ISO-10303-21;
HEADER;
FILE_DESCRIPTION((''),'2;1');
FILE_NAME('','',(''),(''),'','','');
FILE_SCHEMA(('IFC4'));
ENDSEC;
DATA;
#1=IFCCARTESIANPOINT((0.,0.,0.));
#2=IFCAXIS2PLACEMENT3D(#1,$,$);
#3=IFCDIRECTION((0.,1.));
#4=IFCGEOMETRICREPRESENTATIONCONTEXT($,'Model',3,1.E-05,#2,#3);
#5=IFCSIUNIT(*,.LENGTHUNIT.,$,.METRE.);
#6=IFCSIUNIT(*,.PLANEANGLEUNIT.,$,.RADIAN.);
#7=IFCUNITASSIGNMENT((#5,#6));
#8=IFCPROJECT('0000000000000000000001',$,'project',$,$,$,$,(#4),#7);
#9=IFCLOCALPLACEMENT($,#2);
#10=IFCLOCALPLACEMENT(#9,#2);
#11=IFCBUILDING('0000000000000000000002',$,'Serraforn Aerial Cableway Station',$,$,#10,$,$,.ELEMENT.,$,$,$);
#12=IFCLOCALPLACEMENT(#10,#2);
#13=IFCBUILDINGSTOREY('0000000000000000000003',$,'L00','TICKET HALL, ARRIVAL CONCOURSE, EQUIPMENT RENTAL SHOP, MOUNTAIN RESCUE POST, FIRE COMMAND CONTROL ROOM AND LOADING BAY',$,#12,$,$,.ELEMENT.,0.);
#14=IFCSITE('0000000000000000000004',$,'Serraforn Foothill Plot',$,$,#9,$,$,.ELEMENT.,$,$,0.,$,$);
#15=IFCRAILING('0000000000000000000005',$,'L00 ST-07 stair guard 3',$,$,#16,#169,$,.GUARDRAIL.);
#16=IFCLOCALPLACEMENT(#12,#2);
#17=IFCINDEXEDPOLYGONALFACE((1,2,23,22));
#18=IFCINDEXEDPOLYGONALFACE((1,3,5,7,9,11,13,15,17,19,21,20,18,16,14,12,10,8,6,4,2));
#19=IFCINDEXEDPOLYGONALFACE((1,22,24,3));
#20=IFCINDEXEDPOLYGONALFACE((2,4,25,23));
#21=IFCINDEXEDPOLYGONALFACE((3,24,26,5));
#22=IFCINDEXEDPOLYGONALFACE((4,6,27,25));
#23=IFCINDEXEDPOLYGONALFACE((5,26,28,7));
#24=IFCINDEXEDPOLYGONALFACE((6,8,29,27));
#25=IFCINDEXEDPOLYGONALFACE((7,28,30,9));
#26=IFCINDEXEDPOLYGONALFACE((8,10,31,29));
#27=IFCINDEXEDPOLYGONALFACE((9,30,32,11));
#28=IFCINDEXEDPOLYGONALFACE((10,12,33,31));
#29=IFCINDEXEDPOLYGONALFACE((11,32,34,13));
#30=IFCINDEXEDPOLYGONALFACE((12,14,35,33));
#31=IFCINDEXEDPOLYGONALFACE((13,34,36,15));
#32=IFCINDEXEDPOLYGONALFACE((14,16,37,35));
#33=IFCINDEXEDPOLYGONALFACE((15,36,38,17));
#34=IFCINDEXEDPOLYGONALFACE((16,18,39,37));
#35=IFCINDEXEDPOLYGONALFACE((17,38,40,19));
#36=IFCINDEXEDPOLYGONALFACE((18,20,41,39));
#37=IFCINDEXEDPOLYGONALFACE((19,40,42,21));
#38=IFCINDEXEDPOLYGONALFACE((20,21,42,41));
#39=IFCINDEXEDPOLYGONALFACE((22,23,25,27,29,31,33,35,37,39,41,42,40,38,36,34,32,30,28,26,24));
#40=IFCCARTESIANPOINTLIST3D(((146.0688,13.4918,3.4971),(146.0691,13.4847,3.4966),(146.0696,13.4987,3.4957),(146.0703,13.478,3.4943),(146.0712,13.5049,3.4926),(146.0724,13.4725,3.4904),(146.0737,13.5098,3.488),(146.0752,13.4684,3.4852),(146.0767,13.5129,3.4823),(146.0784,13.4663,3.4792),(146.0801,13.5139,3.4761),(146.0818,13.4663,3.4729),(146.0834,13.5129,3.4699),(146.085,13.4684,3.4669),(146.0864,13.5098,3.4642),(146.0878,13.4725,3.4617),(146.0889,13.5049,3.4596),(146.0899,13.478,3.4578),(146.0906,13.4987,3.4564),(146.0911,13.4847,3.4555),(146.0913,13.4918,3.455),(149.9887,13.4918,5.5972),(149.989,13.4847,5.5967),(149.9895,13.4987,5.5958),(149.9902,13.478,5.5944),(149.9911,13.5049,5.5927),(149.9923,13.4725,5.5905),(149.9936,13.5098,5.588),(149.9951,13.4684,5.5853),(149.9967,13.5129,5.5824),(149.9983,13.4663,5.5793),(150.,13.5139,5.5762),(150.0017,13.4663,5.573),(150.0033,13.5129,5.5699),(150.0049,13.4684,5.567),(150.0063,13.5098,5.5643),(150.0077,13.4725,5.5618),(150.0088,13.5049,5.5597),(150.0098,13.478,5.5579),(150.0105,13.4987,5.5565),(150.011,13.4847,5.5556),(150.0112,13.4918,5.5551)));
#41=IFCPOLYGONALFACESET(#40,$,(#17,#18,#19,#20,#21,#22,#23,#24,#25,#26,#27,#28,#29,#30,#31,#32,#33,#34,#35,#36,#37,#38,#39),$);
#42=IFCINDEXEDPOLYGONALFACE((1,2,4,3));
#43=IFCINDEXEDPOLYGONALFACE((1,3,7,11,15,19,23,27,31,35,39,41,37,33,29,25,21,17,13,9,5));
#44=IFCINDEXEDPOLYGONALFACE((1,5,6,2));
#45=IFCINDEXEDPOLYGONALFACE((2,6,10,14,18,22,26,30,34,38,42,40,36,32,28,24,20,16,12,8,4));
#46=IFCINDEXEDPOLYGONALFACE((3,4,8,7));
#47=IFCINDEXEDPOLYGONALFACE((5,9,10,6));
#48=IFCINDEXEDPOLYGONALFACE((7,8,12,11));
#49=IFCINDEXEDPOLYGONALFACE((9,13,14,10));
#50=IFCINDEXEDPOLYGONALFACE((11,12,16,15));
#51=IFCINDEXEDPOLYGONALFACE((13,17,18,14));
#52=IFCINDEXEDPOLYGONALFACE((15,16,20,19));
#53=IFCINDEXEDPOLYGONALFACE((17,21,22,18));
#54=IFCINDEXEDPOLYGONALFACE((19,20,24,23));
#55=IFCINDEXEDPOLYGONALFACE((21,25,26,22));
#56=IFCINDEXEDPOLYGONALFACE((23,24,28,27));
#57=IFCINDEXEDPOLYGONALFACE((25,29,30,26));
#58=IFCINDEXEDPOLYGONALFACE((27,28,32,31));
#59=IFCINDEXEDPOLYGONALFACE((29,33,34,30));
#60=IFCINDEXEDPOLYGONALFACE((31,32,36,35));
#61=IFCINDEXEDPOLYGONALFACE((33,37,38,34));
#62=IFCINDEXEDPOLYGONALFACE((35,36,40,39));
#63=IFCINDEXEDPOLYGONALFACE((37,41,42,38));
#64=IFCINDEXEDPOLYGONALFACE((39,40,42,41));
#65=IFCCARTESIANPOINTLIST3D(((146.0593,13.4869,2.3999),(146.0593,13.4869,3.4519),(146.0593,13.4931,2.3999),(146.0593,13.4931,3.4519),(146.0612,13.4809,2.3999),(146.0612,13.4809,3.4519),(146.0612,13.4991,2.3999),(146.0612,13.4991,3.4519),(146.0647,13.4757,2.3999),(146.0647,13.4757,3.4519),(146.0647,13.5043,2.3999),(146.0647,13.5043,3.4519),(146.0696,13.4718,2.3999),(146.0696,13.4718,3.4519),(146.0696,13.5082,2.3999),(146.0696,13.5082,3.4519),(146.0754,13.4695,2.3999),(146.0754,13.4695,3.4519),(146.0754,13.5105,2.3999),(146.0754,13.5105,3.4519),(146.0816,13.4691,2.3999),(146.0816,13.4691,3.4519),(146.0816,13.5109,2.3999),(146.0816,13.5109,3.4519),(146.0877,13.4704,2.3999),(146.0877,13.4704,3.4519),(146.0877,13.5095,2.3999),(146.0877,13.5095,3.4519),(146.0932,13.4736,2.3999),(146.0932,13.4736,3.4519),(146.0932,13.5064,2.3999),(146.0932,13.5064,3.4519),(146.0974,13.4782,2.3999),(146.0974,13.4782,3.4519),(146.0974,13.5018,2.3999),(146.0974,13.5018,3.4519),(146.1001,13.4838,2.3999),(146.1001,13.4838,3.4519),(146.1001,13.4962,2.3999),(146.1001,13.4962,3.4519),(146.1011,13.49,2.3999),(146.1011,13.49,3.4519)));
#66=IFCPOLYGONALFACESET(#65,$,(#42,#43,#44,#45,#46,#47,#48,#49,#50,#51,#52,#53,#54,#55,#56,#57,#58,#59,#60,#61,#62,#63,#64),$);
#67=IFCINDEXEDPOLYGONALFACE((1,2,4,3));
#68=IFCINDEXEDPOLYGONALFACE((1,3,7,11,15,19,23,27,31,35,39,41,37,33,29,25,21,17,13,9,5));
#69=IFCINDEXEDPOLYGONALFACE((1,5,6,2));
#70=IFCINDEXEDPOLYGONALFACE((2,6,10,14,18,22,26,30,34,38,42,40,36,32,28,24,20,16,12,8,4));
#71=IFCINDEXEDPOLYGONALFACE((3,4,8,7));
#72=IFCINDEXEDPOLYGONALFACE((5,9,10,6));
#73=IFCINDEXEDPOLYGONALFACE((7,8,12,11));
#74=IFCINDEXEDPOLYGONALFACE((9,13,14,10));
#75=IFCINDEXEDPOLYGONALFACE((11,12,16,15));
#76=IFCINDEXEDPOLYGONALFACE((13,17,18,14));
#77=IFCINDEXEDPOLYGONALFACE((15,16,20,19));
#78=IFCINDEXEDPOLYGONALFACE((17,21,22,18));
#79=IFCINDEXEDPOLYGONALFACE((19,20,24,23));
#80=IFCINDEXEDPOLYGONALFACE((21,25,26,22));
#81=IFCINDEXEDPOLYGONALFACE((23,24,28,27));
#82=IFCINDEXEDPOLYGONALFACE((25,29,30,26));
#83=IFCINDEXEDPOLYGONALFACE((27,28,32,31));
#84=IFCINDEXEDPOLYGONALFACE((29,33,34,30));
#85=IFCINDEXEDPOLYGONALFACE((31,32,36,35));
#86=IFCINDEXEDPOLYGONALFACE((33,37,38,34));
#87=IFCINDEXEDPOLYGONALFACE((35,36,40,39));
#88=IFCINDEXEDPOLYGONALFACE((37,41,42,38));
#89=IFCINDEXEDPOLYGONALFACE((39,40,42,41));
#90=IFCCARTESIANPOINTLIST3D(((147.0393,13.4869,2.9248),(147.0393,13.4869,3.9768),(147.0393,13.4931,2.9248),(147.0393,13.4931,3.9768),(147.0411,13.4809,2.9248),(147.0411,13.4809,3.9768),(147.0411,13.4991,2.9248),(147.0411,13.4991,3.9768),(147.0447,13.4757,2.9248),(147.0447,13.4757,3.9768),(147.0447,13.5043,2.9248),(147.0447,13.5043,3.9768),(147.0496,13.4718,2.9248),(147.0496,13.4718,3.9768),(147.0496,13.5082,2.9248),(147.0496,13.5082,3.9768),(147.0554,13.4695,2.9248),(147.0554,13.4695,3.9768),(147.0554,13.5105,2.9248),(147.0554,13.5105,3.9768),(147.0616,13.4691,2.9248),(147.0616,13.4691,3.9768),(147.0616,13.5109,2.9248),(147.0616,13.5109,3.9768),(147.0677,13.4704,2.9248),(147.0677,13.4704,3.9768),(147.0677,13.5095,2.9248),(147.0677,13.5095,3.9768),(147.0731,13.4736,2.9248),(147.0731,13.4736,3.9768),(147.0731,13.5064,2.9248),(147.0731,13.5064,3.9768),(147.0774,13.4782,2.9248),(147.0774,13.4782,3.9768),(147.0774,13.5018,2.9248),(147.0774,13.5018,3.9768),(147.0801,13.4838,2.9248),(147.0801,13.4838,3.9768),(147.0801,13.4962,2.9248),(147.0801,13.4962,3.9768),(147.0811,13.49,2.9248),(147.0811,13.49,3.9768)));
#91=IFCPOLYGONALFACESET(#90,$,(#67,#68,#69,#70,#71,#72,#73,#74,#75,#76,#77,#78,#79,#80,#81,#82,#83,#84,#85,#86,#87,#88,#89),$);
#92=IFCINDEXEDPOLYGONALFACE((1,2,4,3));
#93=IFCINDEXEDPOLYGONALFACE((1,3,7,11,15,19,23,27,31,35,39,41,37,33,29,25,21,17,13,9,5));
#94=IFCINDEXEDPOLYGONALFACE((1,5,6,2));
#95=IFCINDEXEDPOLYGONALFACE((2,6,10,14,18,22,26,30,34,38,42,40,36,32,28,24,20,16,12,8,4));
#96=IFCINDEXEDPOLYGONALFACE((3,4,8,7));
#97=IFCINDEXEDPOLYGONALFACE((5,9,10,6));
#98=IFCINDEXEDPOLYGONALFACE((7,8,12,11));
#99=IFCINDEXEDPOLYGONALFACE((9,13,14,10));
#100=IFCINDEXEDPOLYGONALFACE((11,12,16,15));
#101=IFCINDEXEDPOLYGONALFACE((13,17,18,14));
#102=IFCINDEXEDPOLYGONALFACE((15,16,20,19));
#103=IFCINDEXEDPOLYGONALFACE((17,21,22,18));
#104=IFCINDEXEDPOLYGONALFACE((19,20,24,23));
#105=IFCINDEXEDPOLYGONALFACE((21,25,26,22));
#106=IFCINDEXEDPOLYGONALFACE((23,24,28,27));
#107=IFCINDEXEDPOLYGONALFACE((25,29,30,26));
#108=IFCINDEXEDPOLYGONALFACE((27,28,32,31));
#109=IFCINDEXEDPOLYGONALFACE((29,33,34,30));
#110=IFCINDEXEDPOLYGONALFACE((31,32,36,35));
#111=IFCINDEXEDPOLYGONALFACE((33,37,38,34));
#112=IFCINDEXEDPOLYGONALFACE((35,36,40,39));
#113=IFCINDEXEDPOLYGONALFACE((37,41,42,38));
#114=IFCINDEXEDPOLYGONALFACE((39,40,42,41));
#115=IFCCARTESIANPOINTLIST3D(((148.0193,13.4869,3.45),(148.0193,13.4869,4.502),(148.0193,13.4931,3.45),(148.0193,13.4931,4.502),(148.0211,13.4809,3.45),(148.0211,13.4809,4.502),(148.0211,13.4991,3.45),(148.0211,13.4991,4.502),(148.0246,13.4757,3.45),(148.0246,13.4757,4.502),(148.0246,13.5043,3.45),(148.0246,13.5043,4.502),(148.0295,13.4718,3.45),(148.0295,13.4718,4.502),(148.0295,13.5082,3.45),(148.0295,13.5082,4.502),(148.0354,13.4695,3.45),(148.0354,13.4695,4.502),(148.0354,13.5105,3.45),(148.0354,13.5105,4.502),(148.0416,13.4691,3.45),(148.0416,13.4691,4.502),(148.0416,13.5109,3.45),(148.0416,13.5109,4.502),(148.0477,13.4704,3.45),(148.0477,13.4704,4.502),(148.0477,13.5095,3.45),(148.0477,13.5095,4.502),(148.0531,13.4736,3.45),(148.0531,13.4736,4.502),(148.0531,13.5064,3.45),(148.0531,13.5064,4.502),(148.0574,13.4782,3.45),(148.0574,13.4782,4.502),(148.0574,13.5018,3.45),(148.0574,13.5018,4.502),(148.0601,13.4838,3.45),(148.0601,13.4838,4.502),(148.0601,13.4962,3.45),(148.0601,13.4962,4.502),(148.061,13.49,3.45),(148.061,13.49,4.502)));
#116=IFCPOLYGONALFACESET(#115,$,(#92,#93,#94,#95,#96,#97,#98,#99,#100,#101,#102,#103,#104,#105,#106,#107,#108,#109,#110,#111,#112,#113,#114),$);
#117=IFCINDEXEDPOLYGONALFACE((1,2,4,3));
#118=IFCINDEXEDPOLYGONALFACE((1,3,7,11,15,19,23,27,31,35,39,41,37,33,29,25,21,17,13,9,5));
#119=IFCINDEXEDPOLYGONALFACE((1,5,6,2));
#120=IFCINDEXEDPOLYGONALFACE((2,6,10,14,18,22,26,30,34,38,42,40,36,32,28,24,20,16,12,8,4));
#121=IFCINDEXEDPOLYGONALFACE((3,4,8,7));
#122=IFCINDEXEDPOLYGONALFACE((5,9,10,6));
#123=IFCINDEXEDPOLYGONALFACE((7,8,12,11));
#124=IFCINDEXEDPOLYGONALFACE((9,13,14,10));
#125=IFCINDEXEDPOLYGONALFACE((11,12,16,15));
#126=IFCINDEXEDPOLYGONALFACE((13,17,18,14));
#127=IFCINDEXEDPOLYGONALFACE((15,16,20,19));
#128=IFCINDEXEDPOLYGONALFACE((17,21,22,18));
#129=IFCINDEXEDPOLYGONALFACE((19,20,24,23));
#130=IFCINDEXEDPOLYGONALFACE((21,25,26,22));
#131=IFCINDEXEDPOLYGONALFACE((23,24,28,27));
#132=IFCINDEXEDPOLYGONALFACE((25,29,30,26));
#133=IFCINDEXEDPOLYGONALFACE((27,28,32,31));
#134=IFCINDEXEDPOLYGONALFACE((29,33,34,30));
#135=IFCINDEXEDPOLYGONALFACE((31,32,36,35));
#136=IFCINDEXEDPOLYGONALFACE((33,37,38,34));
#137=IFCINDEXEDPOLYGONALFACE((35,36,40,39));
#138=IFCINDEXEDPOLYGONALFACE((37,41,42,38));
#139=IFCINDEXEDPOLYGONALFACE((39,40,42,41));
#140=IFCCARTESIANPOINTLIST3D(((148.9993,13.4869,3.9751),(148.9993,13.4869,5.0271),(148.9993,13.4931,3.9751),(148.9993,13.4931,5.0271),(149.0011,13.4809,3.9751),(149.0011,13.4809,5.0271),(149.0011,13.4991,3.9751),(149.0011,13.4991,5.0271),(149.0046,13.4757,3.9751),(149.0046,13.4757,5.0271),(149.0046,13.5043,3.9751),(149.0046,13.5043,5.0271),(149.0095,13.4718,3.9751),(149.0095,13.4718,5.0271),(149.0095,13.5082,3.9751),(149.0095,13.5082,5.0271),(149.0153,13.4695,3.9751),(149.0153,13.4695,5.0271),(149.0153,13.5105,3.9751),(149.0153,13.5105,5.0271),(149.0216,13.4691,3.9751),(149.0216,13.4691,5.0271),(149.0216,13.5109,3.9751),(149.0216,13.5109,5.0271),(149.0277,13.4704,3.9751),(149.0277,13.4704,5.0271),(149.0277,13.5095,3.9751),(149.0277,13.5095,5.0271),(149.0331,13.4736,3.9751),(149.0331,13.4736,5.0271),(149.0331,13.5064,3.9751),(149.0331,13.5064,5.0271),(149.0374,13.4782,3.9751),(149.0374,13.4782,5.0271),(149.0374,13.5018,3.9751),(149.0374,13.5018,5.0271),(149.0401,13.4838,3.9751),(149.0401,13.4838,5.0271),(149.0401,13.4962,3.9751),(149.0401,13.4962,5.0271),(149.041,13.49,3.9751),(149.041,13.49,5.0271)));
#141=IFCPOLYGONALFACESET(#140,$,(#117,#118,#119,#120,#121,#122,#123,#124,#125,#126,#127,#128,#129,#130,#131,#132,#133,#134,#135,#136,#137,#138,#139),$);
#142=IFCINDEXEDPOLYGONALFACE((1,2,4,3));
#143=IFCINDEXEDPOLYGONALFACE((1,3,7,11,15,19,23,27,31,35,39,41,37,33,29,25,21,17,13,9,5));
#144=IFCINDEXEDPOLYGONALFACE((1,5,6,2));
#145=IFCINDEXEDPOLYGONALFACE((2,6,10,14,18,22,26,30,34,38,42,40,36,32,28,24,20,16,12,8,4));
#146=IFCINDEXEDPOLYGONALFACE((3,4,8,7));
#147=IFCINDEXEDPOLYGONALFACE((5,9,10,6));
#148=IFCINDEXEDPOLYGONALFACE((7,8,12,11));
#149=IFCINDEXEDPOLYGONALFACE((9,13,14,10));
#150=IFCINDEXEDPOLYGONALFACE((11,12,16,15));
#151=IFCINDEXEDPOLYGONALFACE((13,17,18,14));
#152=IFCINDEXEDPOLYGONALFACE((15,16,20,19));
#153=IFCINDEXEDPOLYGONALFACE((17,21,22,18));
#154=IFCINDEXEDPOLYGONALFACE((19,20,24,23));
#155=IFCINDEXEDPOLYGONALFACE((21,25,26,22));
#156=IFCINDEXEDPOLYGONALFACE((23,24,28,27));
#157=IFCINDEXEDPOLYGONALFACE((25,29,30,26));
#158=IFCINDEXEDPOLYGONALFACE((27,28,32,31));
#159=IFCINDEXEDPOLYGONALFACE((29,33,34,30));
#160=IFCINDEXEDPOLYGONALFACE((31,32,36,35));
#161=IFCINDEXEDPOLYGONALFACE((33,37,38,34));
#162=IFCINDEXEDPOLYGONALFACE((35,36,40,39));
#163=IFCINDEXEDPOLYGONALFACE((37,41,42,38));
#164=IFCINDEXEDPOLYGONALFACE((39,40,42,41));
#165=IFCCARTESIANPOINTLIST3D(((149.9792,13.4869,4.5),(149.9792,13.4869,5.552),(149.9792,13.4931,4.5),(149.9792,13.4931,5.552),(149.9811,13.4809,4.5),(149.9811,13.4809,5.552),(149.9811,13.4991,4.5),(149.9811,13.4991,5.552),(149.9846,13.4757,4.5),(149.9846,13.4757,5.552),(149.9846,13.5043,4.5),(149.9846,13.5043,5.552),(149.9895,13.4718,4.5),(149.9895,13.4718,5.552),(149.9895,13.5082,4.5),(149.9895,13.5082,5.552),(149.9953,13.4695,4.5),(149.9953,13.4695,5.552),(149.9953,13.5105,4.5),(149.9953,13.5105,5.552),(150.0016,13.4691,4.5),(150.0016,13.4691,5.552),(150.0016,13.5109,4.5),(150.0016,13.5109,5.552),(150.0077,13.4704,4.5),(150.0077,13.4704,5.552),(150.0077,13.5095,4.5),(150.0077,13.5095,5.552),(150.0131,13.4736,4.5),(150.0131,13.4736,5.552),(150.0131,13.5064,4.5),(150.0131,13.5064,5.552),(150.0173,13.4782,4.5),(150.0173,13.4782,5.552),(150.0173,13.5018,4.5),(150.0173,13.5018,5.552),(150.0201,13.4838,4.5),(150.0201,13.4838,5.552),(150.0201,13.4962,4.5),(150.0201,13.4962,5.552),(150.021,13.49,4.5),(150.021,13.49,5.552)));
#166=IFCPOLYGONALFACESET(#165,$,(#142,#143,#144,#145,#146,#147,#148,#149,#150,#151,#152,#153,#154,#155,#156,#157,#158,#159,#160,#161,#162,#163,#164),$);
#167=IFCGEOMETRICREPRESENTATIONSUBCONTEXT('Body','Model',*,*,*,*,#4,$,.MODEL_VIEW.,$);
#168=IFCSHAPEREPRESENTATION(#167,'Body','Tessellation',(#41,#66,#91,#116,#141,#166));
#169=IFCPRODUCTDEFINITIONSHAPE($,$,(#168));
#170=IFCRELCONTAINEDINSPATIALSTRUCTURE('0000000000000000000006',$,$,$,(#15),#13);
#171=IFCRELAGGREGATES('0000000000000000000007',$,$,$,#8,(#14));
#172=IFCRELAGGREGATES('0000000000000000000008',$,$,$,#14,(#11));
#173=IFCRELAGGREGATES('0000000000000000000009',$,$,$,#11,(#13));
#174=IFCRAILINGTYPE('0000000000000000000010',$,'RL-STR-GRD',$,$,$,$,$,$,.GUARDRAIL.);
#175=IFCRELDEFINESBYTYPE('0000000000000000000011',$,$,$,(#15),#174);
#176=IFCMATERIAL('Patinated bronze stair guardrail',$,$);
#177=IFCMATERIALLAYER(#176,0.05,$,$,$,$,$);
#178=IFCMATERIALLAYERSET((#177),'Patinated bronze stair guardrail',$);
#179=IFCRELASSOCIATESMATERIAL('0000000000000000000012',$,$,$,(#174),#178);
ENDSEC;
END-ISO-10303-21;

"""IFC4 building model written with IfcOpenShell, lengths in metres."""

from ifc_helpers import new_model, si_unit, direction, frame, origin, origin_2d, place, context, subcontext, project, spatial, circle, extrude, material, layer, layer_set, type_object, element, save


model = new_model("IFC4")

# Units and contexts
model_context = context("Model", 3, precision=1e-05, world=origin(), true_north=direction((0.0, 1.0)))
body_context = subcontext(model_context, "Body", "Model", "MODEL_VIEW")
ifc_project = project(units=[si_unit("LENGTHUNIT", "METRE"), si_unit("PLANEANGLEUNIT", "RADIAN")], contexts=[model_context])

# Site, building, storey
site_placement = place(None, origin())
site = spatial("IfcSite", under=ifc_project, at=site_placement, Name="Serraforn Foothill Plot", CompositionType="ELEMENT", RefElevation=0.0)
building_placement = place(site_placement, origin())
building = spatial("IfcBuilding", under=site, at=building_placement, Name="Serraforn Aerial Cableway Station", CompositionType="ELEMENT")
storey_placement = place(building_placement, origin())
storey = spatial("IfcBuildingStorey", under=building, at=storey_placement, Name="L00", Description="TICKET HALL, ARRIVAL CONCOURSE, EQUIPMENT RENTAL SHOP, MOUNTAIN RESCUE POST, FIRE COMMAND CONTROL ROOM AND LOADING BAY", CompositionType="ELEMENT", Elevation=0.0)

# Railing
ifc_material_1 = material(Name="Patinated bronze stair guardrail")
ifc_layer_1 = layer(ifc_material_1, 0.05)
ifc_layer_set_1 = layer_set([ifc_layer_1], Name="Patinated bronze stair guardrail")
railing_type_1 = type_object("IfcRailingType", Name="RL-STR-GRD", PredefinedType="GUARDRAIL", material=ifc_layer_set_1)
railing_1_placement = place(storey_placement, frame((146.0801, 13.49, 2.3999)))
element("IfcRailing", 1, at=railing_1_placement, inside=storey, type_object=railing_type_1, Name="L00 ST-07 stair guard 3", PredefinedType="GUARDRAIL", context=body_context, shape_type="SweptSolid", body=[
    extrude(circle(Radius=0.0239, at=origin_2d()), frame((0.0, 0.0, 1.0762), z_axis=(0.881467, 0.0, 0.472246), x_axis=(0.0, 1.0, 0.0)), (0.0, 0.0, 1.0), 4.447),
    extrude(circle(Radius=0.021, at=origin_2d()), origin(), (0.0, 0.0, 1.0), 1.052),
    extrude(circle(Radius=0.021, at=origin_2d()), frame((0.98, 0.0, 0.5249)), (0.0, 0.0, 1.0), 1.052),
    extrude(circle(Radius=0.021, at=origin_2d()), frame((1.96, 0.0, 1.05)), (0.0, 0.0, 1.0), 1.052),
    extrude(circle(Radius=0.021, at=origin_2d()), frame((2.9399, 0.0, 1.5752)), (0.0, 0.0, 1.0), 1.052),
    extrude(circle(Radius=0.021, at=origin_2d()), frame((3.9199, 0.0, 2.1001)), (0.0, 0.0, 1.0), 1.052),
])

save(model, "model.ifc")
